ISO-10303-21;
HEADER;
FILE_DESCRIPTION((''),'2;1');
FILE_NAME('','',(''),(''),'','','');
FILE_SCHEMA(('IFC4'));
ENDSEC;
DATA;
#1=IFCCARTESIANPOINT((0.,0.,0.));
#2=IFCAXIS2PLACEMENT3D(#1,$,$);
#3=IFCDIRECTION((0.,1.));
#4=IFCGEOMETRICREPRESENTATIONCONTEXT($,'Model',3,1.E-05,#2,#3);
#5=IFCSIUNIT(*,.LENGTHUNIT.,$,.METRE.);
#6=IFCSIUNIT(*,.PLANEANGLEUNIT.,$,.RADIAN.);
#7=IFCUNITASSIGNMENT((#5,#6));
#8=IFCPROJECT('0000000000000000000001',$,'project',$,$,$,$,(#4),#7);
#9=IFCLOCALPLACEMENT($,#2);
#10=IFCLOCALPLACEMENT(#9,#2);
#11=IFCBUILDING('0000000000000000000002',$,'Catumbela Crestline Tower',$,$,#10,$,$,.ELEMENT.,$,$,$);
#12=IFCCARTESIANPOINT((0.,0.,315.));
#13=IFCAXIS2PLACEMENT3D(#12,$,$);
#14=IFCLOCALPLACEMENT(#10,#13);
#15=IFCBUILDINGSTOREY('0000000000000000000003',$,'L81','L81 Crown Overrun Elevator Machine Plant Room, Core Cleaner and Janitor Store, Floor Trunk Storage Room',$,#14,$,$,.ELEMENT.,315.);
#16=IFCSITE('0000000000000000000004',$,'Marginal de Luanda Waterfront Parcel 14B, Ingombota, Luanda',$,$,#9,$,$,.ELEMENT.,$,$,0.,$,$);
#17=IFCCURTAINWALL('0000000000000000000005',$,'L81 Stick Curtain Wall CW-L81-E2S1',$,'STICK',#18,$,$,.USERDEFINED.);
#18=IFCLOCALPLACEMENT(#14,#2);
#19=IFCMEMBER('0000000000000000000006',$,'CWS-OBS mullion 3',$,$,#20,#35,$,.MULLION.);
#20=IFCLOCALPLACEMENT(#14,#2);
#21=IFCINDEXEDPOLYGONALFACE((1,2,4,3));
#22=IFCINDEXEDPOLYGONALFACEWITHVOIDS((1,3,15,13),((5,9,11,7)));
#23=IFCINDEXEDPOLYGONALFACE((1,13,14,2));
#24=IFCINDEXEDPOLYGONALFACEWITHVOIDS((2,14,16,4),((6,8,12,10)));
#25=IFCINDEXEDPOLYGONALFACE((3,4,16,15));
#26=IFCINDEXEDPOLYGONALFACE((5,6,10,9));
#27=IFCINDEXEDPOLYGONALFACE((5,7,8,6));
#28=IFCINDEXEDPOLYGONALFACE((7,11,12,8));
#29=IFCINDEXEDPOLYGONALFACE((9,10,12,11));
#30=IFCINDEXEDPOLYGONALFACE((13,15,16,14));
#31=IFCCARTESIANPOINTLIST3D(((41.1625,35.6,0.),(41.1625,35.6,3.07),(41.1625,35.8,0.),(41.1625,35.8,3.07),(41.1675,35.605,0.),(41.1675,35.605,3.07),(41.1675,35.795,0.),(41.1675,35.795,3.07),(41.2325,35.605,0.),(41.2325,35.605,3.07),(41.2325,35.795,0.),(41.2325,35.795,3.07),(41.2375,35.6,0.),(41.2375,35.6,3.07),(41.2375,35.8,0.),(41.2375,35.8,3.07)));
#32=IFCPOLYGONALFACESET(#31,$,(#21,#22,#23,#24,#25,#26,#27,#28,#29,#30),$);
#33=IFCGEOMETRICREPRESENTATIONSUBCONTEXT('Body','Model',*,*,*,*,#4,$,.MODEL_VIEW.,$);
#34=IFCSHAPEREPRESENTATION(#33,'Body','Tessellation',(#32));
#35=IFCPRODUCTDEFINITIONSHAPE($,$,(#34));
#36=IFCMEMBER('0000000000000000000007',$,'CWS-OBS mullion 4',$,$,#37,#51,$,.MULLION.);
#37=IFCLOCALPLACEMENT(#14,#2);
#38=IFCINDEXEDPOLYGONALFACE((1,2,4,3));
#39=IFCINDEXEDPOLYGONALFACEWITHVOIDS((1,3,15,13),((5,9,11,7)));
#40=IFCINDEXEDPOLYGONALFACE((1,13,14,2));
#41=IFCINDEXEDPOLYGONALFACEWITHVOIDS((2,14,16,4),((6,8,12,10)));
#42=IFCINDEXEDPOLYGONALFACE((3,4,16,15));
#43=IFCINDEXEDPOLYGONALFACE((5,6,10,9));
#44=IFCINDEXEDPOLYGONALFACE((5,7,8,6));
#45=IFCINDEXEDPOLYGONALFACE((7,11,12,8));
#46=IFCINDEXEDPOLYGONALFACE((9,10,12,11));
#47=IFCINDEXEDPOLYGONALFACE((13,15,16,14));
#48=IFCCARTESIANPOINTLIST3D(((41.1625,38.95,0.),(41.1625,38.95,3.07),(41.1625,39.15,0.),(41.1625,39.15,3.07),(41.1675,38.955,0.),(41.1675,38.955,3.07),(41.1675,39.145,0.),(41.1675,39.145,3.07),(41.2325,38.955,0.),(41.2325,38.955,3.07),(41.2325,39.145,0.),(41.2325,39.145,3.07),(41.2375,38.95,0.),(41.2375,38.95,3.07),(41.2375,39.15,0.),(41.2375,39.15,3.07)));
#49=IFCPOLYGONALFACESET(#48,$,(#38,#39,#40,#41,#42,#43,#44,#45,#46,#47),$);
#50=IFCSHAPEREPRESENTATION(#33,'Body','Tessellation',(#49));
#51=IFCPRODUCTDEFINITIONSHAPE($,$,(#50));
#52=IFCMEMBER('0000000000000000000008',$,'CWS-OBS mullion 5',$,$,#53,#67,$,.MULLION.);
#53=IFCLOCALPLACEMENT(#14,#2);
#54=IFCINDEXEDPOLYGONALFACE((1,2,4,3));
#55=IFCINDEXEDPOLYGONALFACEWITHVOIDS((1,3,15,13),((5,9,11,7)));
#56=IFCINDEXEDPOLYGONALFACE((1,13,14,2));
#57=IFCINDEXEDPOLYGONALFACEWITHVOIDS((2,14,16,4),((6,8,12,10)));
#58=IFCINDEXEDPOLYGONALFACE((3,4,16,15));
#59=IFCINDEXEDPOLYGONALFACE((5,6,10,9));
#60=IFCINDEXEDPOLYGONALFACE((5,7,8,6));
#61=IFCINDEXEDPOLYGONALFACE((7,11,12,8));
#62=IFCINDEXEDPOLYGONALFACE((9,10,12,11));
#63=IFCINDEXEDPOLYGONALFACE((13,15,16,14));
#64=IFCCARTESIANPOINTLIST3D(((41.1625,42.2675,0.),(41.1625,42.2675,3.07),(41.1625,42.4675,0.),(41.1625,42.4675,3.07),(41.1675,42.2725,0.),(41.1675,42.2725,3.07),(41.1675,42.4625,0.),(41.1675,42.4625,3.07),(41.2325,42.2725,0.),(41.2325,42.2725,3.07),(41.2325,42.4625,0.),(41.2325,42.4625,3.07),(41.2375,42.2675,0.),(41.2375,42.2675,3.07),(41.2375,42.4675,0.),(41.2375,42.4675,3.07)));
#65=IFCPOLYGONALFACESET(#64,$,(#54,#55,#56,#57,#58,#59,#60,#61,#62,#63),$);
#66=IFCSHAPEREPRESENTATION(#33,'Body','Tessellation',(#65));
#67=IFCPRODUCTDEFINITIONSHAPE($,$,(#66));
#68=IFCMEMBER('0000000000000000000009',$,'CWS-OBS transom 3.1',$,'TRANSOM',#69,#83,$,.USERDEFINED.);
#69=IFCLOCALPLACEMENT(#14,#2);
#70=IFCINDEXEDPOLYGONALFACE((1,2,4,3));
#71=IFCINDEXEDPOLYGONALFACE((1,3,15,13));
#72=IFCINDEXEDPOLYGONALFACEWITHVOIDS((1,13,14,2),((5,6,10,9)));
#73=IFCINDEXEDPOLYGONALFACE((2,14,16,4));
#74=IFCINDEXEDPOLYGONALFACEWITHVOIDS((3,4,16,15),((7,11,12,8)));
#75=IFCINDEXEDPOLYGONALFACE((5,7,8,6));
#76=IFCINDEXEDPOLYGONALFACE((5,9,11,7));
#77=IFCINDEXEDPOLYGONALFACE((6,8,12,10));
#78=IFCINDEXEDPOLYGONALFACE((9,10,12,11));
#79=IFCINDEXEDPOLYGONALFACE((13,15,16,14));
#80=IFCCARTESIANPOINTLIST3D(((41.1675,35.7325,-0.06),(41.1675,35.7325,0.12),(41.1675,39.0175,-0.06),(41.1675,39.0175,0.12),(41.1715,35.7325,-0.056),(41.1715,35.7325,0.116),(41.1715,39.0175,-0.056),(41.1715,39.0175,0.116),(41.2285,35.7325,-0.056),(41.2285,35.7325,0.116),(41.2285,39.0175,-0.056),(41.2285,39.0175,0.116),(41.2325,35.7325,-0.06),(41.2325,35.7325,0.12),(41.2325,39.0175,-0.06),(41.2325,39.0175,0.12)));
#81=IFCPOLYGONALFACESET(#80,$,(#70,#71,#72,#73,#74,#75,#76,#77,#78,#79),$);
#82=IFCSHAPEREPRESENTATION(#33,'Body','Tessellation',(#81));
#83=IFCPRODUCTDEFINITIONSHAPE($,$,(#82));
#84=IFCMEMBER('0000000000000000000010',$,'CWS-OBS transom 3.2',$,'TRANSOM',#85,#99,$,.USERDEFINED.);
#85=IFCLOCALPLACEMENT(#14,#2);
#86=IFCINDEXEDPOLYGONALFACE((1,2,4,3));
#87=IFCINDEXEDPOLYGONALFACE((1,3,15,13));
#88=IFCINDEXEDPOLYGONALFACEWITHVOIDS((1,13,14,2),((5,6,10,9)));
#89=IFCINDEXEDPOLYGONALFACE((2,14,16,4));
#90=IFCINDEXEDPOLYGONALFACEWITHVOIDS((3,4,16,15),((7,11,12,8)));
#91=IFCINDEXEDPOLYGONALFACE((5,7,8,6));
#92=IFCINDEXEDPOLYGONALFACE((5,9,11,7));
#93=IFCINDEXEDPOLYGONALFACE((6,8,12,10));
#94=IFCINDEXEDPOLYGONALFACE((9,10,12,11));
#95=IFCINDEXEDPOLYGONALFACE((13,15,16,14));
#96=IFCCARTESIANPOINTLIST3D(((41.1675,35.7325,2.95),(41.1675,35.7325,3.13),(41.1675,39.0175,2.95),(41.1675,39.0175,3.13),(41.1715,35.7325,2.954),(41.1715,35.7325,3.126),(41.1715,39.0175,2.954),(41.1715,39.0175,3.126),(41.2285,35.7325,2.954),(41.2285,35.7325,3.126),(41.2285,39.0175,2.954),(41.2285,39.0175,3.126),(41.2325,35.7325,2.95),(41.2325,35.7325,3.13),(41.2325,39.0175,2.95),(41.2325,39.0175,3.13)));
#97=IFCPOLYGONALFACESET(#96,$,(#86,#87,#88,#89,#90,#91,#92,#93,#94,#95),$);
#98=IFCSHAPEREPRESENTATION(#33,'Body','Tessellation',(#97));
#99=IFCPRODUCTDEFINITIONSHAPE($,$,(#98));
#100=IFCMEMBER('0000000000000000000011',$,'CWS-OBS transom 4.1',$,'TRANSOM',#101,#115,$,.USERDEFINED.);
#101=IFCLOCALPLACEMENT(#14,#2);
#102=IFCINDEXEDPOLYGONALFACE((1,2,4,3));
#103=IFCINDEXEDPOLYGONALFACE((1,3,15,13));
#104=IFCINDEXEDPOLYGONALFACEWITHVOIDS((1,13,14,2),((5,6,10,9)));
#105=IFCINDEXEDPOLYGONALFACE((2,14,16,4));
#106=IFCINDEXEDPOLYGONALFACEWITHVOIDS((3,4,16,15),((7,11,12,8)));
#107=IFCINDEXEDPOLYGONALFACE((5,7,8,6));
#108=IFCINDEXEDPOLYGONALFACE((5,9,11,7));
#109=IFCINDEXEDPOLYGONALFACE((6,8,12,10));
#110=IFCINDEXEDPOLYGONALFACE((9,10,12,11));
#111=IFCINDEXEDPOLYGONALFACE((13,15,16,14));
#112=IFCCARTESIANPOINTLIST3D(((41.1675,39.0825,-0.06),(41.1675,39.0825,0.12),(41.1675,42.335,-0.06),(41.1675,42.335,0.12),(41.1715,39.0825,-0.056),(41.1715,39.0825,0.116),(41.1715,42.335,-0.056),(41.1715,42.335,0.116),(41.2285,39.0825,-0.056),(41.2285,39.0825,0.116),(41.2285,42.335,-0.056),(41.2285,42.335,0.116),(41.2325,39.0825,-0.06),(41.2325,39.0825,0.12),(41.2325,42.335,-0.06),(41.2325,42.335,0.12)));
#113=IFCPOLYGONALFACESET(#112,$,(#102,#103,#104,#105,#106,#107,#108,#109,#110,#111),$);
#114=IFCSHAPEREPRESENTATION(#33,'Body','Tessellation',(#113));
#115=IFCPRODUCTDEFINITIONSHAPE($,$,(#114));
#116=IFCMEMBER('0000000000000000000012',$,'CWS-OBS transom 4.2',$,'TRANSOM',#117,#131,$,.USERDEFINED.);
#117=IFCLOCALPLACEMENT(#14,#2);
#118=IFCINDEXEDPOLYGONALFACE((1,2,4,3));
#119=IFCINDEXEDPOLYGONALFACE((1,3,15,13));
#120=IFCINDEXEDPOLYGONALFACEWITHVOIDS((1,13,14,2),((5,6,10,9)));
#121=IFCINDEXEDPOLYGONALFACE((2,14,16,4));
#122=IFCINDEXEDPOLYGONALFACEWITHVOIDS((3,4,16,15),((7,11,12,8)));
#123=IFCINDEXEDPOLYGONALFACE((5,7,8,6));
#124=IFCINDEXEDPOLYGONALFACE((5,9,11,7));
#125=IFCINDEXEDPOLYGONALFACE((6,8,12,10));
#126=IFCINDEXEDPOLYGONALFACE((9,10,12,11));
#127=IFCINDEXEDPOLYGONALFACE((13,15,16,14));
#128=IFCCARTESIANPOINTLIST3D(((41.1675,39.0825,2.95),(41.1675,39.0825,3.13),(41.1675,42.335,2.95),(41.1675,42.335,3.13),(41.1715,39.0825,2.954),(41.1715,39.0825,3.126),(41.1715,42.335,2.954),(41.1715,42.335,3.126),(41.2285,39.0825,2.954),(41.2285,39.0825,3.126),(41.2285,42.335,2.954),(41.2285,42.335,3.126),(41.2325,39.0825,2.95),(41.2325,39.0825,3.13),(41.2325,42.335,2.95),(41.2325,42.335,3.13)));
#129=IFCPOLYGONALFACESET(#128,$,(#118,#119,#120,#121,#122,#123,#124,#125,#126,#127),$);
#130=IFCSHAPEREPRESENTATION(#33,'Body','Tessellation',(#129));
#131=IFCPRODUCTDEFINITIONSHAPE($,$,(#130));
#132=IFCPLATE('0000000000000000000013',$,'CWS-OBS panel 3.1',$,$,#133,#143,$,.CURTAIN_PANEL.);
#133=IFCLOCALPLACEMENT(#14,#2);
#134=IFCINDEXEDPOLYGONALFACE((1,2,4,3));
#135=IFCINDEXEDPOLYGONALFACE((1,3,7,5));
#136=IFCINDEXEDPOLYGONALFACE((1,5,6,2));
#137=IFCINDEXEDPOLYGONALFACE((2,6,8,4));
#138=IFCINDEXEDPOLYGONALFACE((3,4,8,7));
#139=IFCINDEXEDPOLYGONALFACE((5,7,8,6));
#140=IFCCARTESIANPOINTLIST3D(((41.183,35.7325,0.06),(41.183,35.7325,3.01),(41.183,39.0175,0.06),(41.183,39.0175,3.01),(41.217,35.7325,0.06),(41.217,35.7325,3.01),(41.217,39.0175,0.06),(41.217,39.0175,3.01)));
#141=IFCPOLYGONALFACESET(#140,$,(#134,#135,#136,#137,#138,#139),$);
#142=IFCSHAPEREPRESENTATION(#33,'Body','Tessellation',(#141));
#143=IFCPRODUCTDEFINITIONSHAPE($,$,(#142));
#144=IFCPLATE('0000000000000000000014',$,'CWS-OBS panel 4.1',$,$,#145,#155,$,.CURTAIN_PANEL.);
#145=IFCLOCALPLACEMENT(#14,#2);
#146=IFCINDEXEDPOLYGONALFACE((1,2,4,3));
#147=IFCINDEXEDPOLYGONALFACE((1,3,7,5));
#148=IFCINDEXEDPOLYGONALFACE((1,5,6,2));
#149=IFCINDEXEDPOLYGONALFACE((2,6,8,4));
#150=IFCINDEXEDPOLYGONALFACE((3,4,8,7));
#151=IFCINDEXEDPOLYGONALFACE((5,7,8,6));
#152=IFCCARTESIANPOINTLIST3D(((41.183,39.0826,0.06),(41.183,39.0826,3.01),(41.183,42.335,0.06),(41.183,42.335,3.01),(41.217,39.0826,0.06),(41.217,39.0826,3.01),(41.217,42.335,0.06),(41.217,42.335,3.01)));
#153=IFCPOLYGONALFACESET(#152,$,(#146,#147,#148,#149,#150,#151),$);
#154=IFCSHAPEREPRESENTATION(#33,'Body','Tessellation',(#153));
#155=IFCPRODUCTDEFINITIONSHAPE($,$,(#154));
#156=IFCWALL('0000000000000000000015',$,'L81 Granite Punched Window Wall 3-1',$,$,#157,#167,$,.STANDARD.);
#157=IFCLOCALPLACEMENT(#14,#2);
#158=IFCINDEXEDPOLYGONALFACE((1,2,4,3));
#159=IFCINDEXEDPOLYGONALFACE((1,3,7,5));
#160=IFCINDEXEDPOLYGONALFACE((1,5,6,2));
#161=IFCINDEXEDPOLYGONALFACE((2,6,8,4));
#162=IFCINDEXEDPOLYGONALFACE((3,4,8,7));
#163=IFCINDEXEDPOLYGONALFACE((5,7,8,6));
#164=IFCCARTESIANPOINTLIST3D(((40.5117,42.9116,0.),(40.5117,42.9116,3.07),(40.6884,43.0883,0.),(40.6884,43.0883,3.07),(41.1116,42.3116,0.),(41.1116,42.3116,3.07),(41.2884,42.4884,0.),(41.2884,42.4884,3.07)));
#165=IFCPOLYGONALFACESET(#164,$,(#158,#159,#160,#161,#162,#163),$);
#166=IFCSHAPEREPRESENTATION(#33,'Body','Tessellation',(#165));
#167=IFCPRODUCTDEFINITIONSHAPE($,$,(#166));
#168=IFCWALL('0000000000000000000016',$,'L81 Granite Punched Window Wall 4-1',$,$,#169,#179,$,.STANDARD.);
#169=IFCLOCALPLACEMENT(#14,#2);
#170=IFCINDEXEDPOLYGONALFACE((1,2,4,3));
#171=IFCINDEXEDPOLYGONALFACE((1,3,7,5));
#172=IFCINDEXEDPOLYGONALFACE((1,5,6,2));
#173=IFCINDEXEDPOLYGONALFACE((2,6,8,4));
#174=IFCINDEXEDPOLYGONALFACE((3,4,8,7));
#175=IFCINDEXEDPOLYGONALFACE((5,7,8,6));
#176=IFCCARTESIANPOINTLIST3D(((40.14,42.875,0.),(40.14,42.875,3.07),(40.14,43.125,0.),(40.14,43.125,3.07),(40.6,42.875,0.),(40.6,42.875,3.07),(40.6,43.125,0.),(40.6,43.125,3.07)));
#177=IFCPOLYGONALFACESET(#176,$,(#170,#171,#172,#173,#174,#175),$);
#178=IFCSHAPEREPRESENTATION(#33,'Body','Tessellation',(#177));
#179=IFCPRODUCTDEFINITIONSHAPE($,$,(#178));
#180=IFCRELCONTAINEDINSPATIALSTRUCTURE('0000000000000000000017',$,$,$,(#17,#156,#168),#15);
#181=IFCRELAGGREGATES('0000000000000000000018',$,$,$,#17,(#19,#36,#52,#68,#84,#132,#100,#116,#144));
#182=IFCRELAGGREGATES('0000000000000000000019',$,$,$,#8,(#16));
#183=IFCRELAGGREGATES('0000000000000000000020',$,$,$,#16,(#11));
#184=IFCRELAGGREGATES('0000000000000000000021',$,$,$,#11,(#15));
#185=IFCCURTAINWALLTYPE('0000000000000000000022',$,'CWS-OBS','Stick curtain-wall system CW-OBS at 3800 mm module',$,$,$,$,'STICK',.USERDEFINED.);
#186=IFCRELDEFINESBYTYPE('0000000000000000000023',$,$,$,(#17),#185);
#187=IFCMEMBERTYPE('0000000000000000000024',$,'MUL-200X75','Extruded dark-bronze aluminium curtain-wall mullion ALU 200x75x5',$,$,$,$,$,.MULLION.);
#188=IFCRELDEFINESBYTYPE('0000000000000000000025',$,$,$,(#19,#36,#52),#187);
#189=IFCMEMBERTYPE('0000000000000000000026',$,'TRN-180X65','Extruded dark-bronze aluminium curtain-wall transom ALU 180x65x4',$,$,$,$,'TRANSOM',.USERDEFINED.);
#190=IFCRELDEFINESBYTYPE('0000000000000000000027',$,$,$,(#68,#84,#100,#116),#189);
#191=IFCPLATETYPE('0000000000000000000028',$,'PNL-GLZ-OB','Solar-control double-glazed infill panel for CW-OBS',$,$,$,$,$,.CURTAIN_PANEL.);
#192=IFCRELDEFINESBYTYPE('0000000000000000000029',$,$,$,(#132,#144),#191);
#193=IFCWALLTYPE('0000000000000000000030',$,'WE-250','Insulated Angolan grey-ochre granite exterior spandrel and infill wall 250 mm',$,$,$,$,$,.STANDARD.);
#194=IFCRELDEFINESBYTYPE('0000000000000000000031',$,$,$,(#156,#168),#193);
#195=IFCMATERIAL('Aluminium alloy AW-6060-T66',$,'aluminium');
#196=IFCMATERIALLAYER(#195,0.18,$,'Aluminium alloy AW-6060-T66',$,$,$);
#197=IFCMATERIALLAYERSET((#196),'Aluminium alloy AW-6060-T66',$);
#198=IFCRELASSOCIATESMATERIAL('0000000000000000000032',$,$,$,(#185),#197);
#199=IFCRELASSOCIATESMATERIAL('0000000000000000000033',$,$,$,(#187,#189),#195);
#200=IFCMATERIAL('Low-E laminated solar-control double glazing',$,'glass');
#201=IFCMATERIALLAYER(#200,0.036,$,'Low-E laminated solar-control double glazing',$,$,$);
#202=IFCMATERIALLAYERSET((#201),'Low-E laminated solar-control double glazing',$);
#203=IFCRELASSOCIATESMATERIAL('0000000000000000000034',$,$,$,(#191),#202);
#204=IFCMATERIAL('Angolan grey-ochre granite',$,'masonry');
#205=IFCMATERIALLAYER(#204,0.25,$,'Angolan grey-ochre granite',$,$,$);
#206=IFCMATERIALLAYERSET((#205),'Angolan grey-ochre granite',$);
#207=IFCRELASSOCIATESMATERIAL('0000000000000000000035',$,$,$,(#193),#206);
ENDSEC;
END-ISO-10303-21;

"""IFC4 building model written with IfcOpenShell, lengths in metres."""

from ifc_helpers import new_model, si_unit, direction, frame, frame_2d, origin, origin_2d, place, context, subcontext, project, spatial, rectangle, hollow_rectangle, extrude, material, layer, layer_set, material_profile, profile_set, type_object, element, aggregate, save


model = new_model("IFC4")

# Units and contexts
model_context = context("Model", 3, precision=1e-05, world=origin(), true_north=direction((0.0, 1.0)))
body_context = subcontext(model_context, "Body", "Model", "MODEL_VIEW")
ifc_project = project(units=[si_unit("LENGTHUNIT", "METRE"), si_unit("PLANEANGLEUNIT", "RADIAN")], contexts=[model_context])

# Site, building, storey
site_placement = place(None, origin())
site = spatial("IfcSite", under=ifc_project, at=site_placement, Name="Marginal de Luanda Waterfront Parcel 14B, Ingombota, Luanda", CompositionType="ELEMENT", RefElevation=0.0)
building_placement = place(site_placement, origin())
building = spatial("IfcBuilding", under=site, at=building_placement, Name="Catumbela Crestline Tower", CompositionType="ELEMENT")
storey_placement = place(building_placement, frame((0.0, 0.0, 315.0)))
storey = spatial("IfcBuildingStorey", under=building, at=storey_placement, Name="L81", Description="L81 Crown Overrun Elevator Machine Plant Room, Core Cleaner and Janitor Store, Floor Trunk Storage Room", CompositionType="ELEMENT", Elevation=315.0)

# Curtain wall, members, plates
ifc_material_1 = material(Name="Aluminium alloy AW-6060-T66", Category="aluminium")
ifc_layer_1 = layer(ifc_material_1, 0.18, Name="Aluminium alloy AW-6060-T66")
ifc_layer_set_1 = layer_set([ifc_layer_1], Name="Aluminium alloy AW-6060-T66")
curtain_wall_type = type_object("IfcCurtainWallType", Name="CWS-OBS", Description="Stick curtain-wall system CW-OBS at 3800 mm module", ElementType="STICK", PredefinedType="USERDEFINED", material=ifc_layer_set_1)
curtain_wall_placement = place(storey_placement, origin())
curtain_wall = element("IfcCurtainWall", 1, at=curtain_wall_placement, inside=storey, type_object=curtain_wall_type, Name="L81 Stick Curtain Wall CW-L81-E2S1", ObjectType="STICK", PredefinedType="USERDEFINED")
ifc_material_profile_1 = material_profile(ifc_material_1, hollow_rectangle(XDim=0.075, YDim=0.2, WallThickness=0.005, at=origin_2d()), Name="ALU 200x75x5")
ifc_profile_set_1 = profile_set([ifc_material_profile_1], Name="Aluminium alloy AW-6060-T66")
member_type_1 = type_object("IfcMemberType", Name="MUL-200X75", Description="Extruded dark-bronze aluminium curtain-wall mullion ALU 200x75x5", PredefinedType="MULLION", material=ifc_profile_set_1)
member_1_placement = place(storey_placement, frame((41.2, 35.7, 0.0), z_axis=(0.0, 0.0, 1.0), x_axis=(-1.0, 0.0, 0.0)))
member_1 = element("IfcMember", 2, at=member_1_placement, type_object=member_type_1, Name="CWS-OBS mullion 3", PredefinedType="MULLION", context=body_context, shape_type="SweptSolid", body=[
    extrude(hollow_rectangle(XDim=0.075, YDim=0.2, WallThickness=0.005, at=origin_2d()), origin(), (0.0, 0.0, 1.0), 3.07),
])
member_2_placement = place(storey_placement, frame((41.2, 39.05, 0.0), z_axis=(0.0, 0.0, 1.0), x_axis=(-1.0, 0.0, 0.0)))
member_2 = element("IfcMember", 3, at=member_2_placement, type_object=member_type_1, Name="CWS-OBS mullion 4", PredefinedType="MULLION", context=body_context, shape_type="SweptSolid", body=[
    extrude(hollow_rectangle(XDim=0.075, YDim=0.2, WallThickness=0.005, at=origin_2d()), origin(), (0.0, 0.0, 1.0), 3.07),
])
member_3_placement = place(storey_placement, frame((41.2, 42.3675, 0.0), z_axis=(0.0, 0.0, 1.0), x_axis=(-1.0, 0.0, 0.0)))
member_3 = element("IfcMember", 4, at=member_3_placement, type_object=member_type_1, Name="CWS-OBS mullion 5", PredefinedType="MULLION", context=body_context, shape_type="SweptSolid", body=[
    extrude(hollow_rectangle(XDim=0.075, YDim=0.2, WallThickness=0.005, at=origin_2d()), origin(), (0.0, 0.0, 1.0), 3.07),
])
ifc_material_profile_2 = material_profile(ifc_material_1, hollow_rectangle(XDim=0.065, YDim=0.18, WallThickness=0.004, at=origin_2d()), Name="ALU 180x65x4")
ifc_profile_set_2 = profile_set([ifc_material_profile_2], Name="Aluminium alloy AW-6060-T66")
member_type_2 = type_object("IfcMemberType", Name="TRN-180X65", Description="Extruded dark-bronze aluminium curtain-wall transom ALU 180x65x4", ElementType="TRANSOM", PredefinedType="USERDEFINED", material=ifc_profile_set_2)
member_4_placement = place(storey_placement, frame((41.2, 35.7325, 0.03), z_axis=(0.0, 1.0, 0.0), x_axis=(-1.0, 0.0, 0.0)))
member_4 = element("IfcMember", 5, at=member_4_placement, type_object=member_type_2, Name="CWS-OBS transom 3.1", ObjectType="TRANSOM", PredefinedType="USERDEFINED", context=body_context, shape_type="SweptSolid", body=[
    extrude(hollow_rectangle(XDim=0.065, YDim=0.18, WallThickness=0.004, at=origin_2d()), origin(), (0.0, 0.0, 1.0), 3.285),
])
member_5_placement = place(storey_placement, frame((41.2, 35.7325, 3.04), z_axis=(0.0, 1.0, 0.0), x_axis=(-1.0, 0.0, 0.0)))
member_5 = element("IfcMember", 6, at=member_5_placement, type_object=member_type_2, Name="CWS-OBS transom 3.2", ObjectType="TRANSOM", PredefinedType="USERDEFINED", context=body_context, shape_type="SweptSolid", body=[
    extrude(hollow_rectangle(XDim=0.065, YDim=0.18, WallThickness=0.004, at=origin_2d()), origin(), (0.0, 0.0, 1.0), 3.285),
])
member_6_placement = place(storey_placement, frame((41.2, 39.0825, 0.03), z_axis=(0.0, 1.0, 0.0), x_axis=(-1.0, 0.0, 0.0)))
member_6 = element("IfcMember", 7, at=member_6_placement, type_object=member_type_2, Name="CWS-OBS transom 4.1", ObjectType="TRANSOM", PredefinedType="USERDEFINED", context=body_context, shape_type="SweptSolid", body=[
    extrude(hollow_rectangle(XDim=0.065, YDim=0.18, WallThickness=0.004, at=origin_2d()), origin(), (0.0, 0.0, 1.0), 3.2525),
])
member_7_placement = place(storey_placement, frame((41.2, 39.0825, 3.04), z_axis=(0.0, 1.0, 0.0), x_axis=(-1.0, 0.0, 0.0)))
member_7 = element("IfcMember", 8, at=member_7_placement, type_object=member_type_2, Name="CWS-OBS transom 4.2", ObjectType="TRANSOM", PredefinedType="USERDEFINED", context=body_context, shape_type="SweptSolid", body=[
    extrude(hollow_rectangle(XDim=0.065, YDim=0.18, WallThickness=0.004, at=origin_2d()), origin(), (0.0, 0.0, 1.0), 3.2525),
])
ifc_material_2 = material(Name="Low-E laminated solar-control double glazing", Category="glass")
ifc_layer_2 = layer(ifc_material_2, 0.036, Name="Low-E laminated solar-control double glazing")
ifc_layer_set_2 = layer_set([ifc_layer_2], Name="Low-E laminated solar-control double glazing")
plate_type = type_object("IfcPlateType", Name="PNL-GLZ-OB", Description="Solar-control double-glazed infill panel for CW-OBS", PredefinedType="CURTAIN_PANEL", material=ifc_layer_set_2)
plate_1_placement = place(storey_placement, frame((41.2, 37.375, 0.06), z_axis=(0.0, 0.0, 1.0), x_axis=(0.0, 1.0, 0.0)))
plate_1 = element("IfcPlate", 9, at=plate_1_placement, type_object=plate_type, Name="CWS-OBS panel 3.1", PredefinedType="CURTAIN_PANEL", context=body_context, shape_type="SweptSolid", body=[
    extrude(rectangle(XDim=3.285, YDim=0.034, at=origin_2d()), origin(), (0.0, 0.0, 1.0), 2.95),
])
plate_2_placement = place(storey_placement, frame((41.2, 40.7088, 0.06), z_axis=(0.0, 0.0, 1.0), x_axis=(0.0, 1.0, 0.0)))
plate_2 = element("IfcPlate", 10, at=plate_2_placement, type_object=plate_type, Name="CWS-OBS panel 4.1", PredefinedType="CURTAIN_PANEL", context=body_context, shape_type="SweptSolid", body=[
    extrude(rectangle(XDim=3.2525, YDim=0.034, at=origin_2d()), origin(), (0.0, 0.0, 1.0), 2.95),
])
aggregate(curtain_wall, [member_1, member_2, member_3, member_4, member_5, plate_1, member_6, member_7, plate_2])

# Walls
ifc_material_3 = material(Name="Angolan grey-ochre granite", Category="masonry")
ifc_layer_3 = layer(ifc_material_3, 0.25, Name="Angolan grey-ochre granite")
ifc_layer_set_3 = layer_set([ifc_layer_3], Name="Angolan grey-ochre granite")
wall_type = type_object("IfcWallType", Name="WE-250", Description="Insulated Angolan grey-ochre granite exterior spandrel and infill wall 250 mm", PredefinedType="STANDARD", material=ifc_layer_set_3)
wall_1_placement = place(storey_placement, frame((41.2, 42.4, 0.0), z_axis=(0.0, 0.0, 1.0), x_axis=(-0.707107, 0.707107, 0.0)))
element("IfcWall", 11, at=wall_1_placement, inside=storey, type_object=wall_type, Name="L81 Granite Punched Window Wall 3-1", PredefinedType="STANDARD", context=body_context, shape_type="SweptSolid", body=[
    extrude(rectangle(XDim=0.8485, YDim=0.25, at=frame_2d((0.4242, 0.0))), origin(), (0.0, 0.0, 1.0), 3.07),
])
wall_2_placement = place(storey_placement, frame((40.6, 43.0, 0.0), z_axis=(0.0, 0.0, 1.0), x_axis=(-1.0, 0.0, 0.0)))
element("IfcWall", 12, at=wall_2_placement, inside=storey, type_object=wall_type, Name="L81 Granite Punched Window Wall 4-1", PredefinedType="STANDARD", context=body_context, shape_type="SweptSolid", body=[
    extrude(rectangle(XDim=0.46, YDim=0.25, at=frame_2d((0.23, 0.0))), origin(), (0.0, 0.0, 1.0), 3.07),
])

save(model, "model.ifc")
